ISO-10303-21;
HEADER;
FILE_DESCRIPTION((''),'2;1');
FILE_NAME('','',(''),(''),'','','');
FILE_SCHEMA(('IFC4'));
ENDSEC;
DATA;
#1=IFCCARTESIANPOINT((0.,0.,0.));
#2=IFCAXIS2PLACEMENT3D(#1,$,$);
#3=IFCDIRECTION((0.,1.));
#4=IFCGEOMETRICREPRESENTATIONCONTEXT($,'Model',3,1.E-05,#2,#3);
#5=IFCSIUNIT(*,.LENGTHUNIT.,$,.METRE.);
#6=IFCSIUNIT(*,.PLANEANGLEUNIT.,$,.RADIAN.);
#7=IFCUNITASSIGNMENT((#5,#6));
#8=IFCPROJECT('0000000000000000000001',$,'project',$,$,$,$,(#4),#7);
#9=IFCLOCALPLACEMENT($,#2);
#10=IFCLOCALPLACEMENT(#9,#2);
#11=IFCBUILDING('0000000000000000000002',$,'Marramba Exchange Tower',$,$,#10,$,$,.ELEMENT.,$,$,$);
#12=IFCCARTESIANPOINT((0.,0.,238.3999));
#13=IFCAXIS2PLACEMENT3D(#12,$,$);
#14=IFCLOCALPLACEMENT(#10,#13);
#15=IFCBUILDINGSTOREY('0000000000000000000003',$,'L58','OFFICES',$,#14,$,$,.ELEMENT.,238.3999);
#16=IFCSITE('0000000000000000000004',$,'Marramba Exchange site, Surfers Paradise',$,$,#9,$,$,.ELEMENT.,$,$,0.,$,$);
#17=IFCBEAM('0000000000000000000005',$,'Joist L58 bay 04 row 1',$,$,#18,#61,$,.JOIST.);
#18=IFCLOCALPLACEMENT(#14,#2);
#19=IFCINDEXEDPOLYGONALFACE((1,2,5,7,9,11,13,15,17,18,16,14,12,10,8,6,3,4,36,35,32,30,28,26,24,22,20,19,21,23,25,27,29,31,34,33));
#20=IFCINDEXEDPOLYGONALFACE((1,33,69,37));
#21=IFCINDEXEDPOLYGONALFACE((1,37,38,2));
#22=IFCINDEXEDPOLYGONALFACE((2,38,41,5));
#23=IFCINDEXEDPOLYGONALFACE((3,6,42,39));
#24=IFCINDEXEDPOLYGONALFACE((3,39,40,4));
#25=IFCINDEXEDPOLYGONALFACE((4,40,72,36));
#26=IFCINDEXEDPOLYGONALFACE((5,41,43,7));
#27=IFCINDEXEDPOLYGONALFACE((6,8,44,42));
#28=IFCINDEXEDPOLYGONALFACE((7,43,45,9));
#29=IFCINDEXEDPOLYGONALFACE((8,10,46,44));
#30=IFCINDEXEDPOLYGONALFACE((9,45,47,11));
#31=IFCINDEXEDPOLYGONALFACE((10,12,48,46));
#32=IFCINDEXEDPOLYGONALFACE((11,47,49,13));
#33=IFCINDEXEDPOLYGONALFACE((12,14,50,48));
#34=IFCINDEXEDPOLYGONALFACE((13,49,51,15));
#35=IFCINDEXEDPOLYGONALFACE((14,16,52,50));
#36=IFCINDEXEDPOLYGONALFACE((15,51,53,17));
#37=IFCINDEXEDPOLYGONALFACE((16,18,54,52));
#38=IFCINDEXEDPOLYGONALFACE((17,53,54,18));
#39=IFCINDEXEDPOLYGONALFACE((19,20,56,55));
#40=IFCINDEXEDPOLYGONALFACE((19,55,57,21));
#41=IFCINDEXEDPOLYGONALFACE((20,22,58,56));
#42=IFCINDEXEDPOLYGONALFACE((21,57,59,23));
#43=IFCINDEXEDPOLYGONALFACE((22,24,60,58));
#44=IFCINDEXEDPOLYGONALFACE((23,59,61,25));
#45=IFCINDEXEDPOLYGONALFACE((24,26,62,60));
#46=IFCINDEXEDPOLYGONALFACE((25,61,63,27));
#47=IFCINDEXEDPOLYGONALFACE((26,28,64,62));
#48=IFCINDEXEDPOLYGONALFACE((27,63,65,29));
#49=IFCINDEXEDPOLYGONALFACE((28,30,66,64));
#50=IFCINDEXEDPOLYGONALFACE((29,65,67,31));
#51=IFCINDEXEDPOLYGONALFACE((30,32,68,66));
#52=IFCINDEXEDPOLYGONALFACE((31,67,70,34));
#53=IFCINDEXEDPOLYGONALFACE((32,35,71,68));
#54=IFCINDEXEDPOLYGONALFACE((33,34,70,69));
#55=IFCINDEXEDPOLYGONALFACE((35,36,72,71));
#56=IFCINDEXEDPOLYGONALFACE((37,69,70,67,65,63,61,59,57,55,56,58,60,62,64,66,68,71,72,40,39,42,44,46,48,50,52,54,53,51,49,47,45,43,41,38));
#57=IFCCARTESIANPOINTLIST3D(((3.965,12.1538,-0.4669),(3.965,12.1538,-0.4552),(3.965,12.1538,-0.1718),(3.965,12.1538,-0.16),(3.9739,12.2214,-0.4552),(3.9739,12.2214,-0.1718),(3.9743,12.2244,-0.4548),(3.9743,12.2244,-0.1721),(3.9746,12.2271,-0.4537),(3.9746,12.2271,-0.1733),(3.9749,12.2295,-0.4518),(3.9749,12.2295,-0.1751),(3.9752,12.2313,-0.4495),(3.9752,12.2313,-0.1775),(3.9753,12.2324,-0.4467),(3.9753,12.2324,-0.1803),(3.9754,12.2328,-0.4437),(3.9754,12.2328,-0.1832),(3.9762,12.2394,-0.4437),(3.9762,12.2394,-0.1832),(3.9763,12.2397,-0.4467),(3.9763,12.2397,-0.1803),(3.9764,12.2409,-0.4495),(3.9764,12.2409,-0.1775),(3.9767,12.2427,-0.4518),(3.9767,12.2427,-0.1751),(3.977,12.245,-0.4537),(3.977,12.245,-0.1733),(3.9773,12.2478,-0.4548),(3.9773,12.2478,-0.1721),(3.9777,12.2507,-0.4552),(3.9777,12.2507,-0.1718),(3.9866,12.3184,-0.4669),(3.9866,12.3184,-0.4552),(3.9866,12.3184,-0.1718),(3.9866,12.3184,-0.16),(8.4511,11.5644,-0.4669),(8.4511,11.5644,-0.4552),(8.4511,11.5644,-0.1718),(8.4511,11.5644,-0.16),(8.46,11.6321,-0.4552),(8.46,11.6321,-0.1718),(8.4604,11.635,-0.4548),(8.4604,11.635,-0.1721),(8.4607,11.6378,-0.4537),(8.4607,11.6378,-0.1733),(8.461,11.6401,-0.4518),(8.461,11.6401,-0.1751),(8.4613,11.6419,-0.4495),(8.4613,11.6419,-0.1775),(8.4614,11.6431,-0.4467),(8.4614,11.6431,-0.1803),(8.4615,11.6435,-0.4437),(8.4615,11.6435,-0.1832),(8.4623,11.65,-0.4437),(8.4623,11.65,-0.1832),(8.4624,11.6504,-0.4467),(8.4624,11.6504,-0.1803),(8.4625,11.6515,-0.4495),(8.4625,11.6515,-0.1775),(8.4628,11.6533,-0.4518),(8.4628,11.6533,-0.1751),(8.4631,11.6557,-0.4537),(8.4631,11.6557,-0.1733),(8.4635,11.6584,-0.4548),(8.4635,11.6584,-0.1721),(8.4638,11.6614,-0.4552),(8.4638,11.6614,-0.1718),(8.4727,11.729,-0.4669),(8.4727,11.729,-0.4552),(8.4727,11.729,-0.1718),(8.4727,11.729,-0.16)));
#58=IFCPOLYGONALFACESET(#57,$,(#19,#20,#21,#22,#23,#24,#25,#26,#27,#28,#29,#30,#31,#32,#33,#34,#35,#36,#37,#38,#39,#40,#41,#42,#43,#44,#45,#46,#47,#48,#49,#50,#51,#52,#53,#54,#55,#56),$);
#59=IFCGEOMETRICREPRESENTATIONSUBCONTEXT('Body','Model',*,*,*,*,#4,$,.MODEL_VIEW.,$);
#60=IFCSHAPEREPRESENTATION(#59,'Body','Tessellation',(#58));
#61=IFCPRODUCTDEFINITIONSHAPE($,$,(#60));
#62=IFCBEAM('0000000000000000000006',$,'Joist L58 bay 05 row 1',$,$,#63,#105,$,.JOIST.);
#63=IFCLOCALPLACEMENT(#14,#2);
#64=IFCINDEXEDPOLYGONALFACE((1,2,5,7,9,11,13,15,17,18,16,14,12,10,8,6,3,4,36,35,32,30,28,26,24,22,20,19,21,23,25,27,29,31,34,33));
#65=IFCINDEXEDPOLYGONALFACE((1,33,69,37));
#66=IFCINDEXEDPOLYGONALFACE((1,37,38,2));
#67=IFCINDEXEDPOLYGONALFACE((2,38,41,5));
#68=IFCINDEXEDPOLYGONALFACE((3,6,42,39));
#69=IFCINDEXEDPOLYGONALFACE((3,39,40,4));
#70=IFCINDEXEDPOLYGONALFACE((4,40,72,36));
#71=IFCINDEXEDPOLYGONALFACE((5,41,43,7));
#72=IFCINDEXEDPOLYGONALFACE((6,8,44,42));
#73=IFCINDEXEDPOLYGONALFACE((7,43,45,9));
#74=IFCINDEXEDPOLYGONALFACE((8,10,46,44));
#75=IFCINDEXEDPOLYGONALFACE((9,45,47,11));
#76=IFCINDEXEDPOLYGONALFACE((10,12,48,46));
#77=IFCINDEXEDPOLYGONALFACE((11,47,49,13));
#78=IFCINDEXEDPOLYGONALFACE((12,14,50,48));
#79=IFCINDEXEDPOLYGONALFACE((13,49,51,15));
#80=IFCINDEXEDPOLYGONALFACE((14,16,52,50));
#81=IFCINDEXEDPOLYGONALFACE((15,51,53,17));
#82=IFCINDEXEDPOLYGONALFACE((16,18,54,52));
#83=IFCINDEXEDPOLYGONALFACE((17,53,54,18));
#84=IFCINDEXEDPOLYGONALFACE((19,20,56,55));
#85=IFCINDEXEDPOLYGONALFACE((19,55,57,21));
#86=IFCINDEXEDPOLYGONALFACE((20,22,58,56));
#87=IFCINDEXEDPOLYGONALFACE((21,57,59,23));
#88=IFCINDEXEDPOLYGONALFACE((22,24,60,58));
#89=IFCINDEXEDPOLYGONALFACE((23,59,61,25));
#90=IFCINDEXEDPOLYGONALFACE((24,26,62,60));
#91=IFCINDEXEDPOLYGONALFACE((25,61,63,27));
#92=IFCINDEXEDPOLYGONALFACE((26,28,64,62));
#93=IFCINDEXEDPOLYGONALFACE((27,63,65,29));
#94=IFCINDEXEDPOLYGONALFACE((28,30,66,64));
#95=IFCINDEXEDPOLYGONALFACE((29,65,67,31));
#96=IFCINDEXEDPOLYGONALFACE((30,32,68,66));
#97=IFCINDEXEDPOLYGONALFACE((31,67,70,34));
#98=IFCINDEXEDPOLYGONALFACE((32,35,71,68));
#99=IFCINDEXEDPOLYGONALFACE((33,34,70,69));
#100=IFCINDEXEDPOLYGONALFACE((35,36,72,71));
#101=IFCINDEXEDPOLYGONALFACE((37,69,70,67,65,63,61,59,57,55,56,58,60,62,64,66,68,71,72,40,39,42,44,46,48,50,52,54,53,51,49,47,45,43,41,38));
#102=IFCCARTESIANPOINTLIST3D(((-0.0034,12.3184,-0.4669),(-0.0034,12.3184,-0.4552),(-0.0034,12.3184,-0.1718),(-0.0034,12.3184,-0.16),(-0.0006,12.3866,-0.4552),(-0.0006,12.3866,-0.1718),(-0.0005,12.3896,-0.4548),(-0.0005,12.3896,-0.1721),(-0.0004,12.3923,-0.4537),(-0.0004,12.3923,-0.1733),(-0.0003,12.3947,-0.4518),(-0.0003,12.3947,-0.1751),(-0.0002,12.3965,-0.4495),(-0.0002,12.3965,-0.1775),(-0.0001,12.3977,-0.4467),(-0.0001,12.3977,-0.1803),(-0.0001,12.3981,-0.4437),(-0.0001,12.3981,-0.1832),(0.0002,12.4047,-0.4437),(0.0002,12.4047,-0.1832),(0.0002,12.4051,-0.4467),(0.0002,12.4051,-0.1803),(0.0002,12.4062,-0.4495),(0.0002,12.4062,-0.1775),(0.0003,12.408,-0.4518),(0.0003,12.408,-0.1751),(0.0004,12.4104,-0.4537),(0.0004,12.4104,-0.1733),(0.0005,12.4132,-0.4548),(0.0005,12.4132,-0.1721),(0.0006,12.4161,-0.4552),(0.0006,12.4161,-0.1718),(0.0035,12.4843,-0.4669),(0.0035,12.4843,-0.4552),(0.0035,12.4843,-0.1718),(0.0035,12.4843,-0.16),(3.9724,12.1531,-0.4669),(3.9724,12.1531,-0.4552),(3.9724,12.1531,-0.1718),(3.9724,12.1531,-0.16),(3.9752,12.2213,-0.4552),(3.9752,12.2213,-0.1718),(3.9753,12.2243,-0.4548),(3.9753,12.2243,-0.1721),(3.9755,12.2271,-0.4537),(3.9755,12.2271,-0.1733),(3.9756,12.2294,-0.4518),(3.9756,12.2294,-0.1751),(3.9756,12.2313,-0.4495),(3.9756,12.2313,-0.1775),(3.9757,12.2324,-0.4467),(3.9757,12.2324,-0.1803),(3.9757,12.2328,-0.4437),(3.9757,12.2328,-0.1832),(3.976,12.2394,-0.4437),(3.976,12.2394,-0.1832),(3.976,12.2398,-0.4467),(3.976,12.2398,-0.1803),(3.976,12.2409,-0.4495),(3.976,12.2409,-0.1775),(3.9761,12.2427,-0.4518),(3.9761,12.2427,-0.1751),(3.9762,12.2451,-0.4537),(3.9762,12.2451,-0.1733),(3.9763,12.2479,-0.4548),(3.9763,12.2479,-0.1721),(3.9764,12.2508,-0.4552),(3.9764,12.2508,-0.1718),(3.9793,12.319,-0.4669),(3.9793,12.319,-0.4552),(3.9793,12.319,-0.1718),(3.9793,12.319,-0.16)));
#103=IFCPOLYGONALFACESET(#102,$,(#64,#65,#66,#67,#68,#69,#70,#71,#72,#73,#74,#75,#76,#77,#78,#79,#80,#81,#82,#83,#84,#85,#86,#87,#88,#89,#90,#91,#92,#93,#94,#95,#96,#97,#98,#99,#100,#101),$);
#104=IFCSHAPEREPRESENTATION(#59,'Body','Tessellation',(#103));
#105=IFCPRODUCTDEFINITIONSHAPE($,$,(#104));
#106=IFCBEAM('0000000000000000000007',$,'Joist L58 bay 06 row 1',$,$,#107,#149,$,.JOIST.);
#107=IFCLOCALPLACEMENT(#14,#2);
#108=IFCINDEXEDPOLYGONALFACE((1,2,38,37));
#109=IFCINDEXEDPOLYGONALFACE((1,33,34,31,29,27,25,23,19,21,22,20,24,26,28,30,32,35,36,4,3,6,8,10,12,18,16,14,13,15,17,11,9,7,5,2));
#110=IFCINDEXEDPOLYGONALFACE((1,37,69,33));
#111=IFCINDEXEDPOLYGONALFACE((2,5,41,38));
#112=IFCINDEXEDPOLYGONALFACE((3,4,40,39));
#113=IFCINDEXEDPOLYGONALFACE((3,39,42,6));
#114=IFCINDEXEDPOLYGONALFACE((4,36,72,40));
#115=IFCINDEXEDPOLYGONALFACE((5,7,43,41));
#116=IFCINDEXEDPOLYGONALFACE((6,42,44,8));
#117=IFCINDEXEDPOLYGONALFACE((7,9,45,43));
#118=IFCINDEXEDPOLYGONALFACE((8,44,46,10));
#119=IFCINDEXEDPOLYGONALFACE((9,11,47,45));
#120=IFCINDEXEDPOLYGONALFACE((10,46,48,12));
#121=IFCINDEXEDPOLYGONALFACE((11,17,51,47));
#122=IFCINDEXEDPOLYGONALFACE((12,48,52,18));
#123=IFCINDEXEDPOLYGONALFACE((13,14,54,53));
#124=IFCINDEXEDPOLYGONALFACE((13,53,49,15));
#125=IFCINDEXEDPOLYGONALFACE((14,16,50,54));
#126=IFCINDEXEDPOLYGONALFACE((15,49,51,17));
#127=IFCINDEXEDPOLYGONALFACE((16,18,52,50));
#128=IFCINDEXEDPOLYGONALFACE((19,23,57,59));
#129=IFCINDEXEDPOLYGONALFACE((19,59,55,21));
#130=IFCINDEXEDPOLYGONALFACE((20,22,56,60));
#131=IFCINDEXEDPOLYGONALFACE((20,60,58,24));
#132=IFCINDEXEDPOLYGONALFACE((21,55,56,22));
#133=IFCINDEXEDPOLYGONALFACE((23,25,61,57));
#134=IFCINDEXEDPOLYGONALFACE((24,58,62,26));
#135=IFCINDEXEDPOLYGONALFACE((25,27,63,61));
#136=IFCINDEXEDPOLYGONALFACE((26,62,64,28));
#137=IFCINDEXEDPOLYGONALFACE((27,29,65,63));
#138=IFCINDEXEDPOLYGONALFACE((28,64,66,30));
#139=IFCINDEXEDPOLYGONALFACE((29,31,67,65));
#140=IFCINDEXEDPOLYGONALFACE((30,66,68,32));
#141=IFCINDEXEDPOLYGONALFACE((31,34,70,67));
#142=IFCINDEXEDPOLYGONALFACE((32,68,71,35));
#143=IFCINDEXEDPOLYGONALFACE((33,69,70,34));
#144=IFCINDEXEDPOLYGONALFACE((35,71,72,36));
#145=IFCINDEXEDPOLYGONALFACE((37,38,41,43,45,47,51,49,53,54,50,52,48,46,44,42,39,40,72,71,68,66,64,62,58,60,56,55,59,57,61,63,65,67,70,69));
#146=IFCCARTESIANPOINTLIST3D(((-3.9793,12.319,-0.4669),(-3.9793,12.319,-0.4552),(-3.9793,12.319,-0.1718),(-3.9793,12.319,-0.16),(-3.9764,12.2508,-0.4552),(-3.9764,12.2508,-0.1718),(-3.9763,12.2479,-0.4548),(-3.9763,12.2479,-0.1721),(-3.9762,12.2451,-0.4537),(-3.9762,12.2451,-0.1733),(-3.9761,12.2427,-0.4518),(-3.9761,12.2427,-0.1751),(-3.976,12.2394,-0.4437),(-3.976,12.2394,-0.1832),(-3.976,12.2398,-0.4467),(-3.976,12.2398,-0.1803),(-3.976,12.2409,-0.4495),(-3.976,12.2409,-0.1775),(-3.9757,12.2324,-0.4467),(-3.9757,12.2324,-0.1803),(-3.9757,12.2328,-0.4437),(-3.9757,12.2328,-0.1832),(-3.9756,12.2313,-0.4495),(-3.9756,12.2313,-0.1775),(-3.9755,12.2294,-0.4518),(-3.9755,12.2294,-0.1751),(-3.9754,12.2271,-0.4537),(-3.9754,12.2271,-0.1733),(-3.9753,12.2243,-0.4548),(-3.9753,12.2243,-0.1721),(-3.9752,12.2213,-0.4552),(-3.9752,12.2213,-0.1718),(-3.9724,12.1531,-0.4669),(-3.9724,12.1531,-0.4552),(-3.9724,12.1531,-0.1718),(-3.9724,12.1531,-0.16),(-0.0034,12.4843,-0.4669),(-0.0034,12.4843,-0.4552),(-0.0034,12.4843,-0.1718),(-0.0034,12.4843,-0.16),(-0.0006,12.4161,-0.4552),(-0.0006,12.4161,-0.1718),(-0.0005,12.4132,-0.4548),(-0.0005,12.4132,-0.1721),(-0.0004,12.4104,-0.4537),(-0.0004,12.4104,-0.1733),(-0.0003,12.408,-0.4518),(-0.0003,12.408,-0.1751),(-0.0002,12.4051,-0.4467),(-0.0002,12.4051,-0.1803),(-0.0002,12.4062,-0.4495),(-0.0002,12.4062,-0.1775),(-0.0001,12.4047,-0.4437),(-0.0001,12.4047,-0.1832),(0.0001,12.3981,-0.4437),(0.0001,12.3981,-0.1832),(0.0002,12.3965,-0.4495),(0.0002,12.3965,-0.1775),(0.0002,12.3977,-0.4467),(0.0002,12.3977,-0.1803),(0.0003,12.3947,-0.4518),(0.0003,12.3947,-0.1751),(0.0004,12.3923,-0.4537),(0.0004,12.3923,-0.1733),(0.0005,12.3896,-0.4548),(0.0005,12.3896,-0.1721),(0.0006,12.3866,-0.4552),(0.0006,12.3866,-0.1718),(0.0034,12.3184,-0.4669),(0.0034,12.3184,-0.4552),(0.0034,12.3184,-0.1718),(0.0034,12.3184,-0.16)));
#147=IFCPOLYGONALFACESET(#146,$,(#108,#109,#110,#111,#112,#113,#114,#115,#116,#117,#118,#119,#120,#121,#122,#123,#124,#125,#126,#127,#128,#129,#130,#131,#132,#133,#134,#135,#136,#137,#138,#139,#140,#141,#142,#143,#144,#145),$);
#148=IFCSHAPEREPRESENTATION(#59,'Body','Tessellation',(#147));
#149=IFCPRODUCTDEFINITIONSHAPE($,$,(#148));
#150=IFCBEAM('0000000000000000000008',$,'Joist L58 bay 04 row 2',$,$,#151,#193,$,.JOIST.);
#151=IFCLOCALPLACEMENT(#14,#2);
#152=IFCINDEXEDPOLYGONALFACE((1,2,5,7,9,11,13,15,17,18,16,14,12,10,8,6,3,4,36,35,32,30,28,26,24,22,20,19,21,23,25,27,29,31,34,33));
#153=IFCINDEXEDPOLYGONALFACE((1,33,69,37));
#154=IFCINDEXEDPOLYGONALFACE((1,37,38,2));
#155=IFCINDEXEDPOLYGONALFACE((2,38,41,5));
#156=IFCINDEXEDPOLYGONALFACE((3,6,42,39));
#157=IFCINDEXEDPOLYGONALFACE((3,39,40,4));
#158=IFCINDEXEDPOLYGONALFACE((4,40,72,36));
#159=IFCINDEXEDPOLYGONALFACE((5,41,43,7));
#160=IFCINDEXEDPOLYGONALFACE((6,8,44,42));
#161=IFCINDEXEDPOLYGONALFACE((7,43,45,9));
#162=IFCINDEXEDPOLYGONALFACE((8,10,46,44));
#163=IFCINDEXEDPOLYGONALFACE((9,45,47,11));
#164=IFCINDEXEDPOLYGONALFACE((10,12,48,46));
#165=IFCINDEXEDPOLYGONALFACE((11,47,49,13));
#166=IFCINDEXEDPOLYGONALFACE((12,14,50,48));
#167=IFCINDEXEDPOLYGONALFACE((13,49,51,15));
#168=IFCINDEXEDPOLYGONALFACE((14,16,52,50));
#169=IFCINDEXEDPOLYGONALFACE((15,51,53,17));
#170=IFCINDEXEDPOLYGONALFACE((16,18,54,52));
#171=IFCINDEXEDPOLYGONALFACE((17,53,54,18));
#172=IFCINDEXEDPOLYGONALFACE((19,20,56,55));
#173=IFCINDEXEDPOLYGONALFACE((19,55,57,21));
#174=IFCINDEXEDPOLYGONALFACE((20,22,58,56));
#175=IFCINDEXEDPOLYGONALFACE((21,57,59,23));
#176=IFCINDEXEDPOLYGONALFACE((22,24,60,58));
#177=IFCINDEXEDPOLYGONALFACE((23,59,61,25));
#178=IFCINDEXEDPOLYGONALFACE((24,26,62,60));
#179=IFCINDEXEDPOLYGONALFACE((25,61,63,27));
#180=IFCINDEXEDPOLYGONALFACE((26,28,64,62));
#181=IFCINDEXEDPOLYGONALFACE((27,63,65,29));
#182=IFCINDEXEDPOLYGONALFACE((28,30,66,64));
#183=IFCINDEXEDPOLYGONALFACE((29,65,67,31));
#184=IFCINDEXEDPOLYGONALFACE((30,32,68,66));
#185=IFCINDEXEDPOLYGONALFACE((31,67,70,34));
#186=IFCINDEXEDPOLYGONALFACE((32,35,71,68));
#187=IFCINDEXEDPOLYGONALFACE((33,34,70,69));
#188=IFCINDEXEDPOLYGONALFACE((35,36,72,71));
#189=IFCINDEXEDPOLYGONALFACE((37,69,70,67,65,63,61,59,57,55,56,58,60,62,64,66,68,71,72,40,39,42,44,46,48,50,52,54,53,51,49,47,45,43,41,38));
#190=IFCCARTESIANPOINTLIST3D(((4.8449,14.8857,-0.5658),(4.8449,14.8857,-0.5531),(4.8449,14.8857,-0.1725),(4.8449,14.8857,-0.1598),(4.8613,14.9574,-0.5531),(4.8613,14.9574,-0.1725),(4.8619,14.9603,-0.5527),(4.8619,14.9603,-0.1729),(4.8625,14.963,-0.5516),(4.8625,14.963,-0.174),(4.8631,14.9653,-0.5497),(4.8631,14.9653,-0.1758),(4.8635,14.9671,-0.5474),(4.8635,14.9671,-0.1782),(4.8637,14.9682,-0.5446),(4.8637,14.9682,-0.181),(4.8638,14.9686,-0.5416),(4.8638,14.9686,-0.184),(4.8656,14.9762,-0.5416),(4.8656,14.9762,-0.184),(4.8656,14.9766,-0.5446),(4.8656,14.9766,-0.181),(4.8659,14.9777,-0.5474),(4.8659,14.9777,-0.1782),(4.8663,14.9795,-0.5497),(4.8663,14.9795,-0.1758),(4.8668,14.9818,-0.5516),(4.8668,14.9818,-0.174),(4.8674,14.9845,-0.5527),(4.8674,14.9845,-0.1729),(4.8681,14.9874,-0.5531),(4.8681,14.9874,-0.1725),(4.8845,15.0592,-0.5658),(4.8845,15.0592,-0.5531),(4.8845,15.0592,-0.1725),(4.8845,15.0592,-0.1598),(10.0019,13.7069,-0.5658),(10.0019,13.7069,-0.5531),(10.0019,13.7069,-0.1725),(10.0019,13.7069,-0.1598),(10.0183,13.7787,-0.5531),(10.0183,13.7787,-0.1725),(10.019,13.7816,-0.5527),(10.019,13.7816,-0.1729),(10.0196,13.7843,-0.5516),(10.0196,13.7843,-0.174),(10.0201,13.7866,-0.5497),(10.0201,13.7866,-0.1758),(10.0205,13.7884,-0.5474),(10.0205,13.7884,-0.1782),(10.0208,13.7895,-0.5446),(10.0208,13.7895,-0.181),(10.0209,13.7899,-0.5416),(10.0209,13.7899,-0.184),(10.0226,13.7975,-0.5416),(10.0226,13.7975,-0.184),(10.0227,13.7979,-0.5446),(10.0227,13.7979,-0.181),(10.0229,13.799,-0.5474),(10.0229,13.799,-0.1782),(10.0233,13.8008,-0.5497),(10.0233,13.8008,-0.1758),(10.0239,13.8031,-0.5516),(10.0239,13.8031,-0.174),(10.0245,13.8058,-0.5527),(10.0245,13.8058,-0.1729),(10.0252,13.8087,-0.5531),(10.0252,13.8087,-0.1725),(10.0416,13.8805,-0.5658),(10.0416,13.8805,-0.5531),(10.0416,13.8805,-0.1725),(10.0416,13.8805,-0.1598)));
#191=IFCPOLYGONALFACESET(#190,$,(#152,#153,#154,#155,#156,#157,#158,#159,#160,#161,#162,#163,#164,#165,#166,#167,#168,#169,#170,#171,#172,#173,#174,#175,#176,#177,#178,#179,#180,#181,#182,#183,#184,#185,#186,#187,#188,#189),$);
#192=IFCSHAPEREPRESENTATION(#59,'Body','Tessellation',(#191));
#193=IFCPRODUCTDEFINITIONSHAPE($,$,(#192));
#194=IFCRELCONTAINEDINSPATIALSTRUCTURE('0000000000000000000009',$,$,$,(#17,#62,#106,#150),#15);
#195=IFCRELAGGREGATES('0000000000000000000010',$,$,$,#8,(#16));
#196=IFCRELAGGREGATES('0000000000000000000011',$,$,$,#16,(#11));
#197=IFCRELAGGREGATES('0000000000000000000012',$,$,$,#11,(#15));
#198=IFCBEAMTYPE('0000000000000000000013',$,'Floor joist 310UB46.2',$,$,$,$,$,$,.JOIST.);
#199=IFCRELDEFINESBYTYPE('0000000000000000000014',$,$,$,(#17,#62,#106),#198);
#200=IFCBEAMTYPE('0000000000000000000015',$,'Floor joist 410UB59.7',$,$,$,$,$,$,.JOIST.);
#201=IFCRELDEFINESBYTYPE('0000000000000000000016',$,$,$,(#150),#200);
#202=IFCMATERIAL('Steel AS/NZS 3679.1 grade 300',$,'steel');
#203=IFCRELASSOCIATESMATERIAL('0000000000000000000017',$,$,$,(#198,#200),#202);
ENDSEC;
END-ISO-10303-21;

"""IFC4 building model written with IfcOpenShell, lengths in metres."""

from ifc_helpers import new_model, si_unit, direction, frame, origin, origin_2d, place, context, subcontext, project, spatial, i_section, extrude, material, material_profile, profile_set, type_object, element, save


model = new_model("IFC4")

# Units and contexts
model_context = context("Model", 3, precision=1e-05, world=origin(), true_north=direction((0.0, 1.0)))
body_context = subcontext(model_context, "Body", "Model", "MODEL_VIEW")
ifc_project = project(units=[si_unit("LENGTHUNIT", "METRE"), si_unit("PLANEANGLEUNIT", "RADIAN")], contexts=[model_context])

# Site, building, storey
site_placement = place(None, origin())
site = spatial("IfcSite", under=ifc_project, at=site_placement, Name="Marramba Exchange site, Surfers Paradise", CompositionType="ELEMENT", RefElevation=0.0)
building_placement = place(site_placement, origin())
building = spatial("IfcBuilding", under=site, at=building_placement, Name="Marramba Exchange Tower", CompositionType="ELEMENT")
storey_placement = place(building_placement, frame((0.0, 0.0, 238.3999)))
storey = spatial("IfcBuildingStorey", under=building, at=storey_placement, Name="L58", Description="OFFICES", CompositionType="ELEMENT", Elevation=238.3999)

# Beams
ifc_material_1 = material(Name="Steel AS/NZS 3679.1 grade 300", Category="steel")
ifc_material_profile_1 = material_profile(ifc_material_1, i_section(OverallWidth=0.166, OverallDepth=0.3069, WebThickness=0.0066, FlangeThickness=0.0117, FilletRadius=0.0115, at=origin_2d()), Name="310UB46.2")
ifc_profile_set_1 = profile_set([ifc_material_profile_1], Name="Steel AS/NZS 3679.1 grade 300")
beam_type_1 = type_object("IfcBeamType", Name="Floor joist 310UB46.2", PredefinedType="JOIST", material=ifc_profile_set_1)
beam_1_placement = place(storey_placement, frame((8.4619, 11.6467, -0.3135), z_axis=(-0.991481, 0.130255, 0.0), x_axis=(-0.130255, -0.991481, 0.0)))
element("IfcBeam", 1, at=beam_1_placement, inside=storey, type_object=beam_type_1, Name="Joist L58 bay 04 row 1", PredefinedType="JOIST", context=body_context, shape_type="SweptSolid", body=[
    extrude(i_section(OverallWidth=0.166, OverallDepth=0.3069, WebThickness=0.0066, FlangeThickness=0.0117, FilletRadius=0.0115, at=origin_2d()), origin(), (0.0, 0.0, 1.0), 4.5247),
])
for number, where, z_axis, x_axis, name in (
    (2, (3.9758, 12.2361, -0.3135), (-0.999137, 0.041536, 0.0), (-0.041536, -0.999137, 0.0), "Joist L58 bay 05 row 1"),
    (3, (0.0, 12.4014, -0.3135), (-0.999137, -0.041536, 0.0), (0.041536, -0.999137, 0.0), "Joist L58 bay 06 row 1"),
):
    element("IfcBeam", number, at=place(storey_placement, frame(where, z_axis=z_axis, x_axis=x_axis)), inside=storey, type_object=beam_type_1, Name=name, PredefinedType="JOIST", context=body_context, shape_type="SweptSolid", body=[
        extrude(i_section(OverallWidth=0.166, OverallDepth=0.3069, WebThickness=0.0066, FlangeThickness=0.0117, FilletRadius=0.0115, at=origin_2d()), origin(), (0.0, 0.0, 1.0), 3.9792),
    ])
ifc_material_profile_2 = material_profile(ifc_material_1, i_section(OverallWidth=0.178, OverallDepth=0.406, WebThickness=0.0078, FlangeThickness=0.0127, FilletRadius=0.0115, at=origin_2d()), Name="410UB59.7")
ifc_profile_set_2 = profile_set([ifc_material_profile_2], Name="Steel AS/NZS 3679.1 grade 300")
beam_type_2 = type_object("IfcBeamType", Name="Floor joist 410UB59.7", PredefinedType="JOIST", material=ifc_profile_set_2)
beam_2_placement = place(storey_placement, frame((10.0217, 13.7937, -0.3628), z_axis=(-0.97486, 0.22282, 0.0), x_axis=(-0.22282, -0.97486, 0.0)))
element("IfcBeam", 4, at=beam_2_placement, inside=storey, type_object=beam_type_2, Name="Joist L58 bay 04 row 2", PredefinedType="JOIST", context=body_context, shape_type="SweptSolid", body=[
    extrude(i_section(OverallWidth=0.178, OverallDepth=0.406, WebThickness=0.0078, FlangeThickness=0.0127, FilletRadius=0.0115, at=origin_2d()), origin(), (0.0, 0.0, 1.0), 5.29),
])

save(model, "model.ifc")
